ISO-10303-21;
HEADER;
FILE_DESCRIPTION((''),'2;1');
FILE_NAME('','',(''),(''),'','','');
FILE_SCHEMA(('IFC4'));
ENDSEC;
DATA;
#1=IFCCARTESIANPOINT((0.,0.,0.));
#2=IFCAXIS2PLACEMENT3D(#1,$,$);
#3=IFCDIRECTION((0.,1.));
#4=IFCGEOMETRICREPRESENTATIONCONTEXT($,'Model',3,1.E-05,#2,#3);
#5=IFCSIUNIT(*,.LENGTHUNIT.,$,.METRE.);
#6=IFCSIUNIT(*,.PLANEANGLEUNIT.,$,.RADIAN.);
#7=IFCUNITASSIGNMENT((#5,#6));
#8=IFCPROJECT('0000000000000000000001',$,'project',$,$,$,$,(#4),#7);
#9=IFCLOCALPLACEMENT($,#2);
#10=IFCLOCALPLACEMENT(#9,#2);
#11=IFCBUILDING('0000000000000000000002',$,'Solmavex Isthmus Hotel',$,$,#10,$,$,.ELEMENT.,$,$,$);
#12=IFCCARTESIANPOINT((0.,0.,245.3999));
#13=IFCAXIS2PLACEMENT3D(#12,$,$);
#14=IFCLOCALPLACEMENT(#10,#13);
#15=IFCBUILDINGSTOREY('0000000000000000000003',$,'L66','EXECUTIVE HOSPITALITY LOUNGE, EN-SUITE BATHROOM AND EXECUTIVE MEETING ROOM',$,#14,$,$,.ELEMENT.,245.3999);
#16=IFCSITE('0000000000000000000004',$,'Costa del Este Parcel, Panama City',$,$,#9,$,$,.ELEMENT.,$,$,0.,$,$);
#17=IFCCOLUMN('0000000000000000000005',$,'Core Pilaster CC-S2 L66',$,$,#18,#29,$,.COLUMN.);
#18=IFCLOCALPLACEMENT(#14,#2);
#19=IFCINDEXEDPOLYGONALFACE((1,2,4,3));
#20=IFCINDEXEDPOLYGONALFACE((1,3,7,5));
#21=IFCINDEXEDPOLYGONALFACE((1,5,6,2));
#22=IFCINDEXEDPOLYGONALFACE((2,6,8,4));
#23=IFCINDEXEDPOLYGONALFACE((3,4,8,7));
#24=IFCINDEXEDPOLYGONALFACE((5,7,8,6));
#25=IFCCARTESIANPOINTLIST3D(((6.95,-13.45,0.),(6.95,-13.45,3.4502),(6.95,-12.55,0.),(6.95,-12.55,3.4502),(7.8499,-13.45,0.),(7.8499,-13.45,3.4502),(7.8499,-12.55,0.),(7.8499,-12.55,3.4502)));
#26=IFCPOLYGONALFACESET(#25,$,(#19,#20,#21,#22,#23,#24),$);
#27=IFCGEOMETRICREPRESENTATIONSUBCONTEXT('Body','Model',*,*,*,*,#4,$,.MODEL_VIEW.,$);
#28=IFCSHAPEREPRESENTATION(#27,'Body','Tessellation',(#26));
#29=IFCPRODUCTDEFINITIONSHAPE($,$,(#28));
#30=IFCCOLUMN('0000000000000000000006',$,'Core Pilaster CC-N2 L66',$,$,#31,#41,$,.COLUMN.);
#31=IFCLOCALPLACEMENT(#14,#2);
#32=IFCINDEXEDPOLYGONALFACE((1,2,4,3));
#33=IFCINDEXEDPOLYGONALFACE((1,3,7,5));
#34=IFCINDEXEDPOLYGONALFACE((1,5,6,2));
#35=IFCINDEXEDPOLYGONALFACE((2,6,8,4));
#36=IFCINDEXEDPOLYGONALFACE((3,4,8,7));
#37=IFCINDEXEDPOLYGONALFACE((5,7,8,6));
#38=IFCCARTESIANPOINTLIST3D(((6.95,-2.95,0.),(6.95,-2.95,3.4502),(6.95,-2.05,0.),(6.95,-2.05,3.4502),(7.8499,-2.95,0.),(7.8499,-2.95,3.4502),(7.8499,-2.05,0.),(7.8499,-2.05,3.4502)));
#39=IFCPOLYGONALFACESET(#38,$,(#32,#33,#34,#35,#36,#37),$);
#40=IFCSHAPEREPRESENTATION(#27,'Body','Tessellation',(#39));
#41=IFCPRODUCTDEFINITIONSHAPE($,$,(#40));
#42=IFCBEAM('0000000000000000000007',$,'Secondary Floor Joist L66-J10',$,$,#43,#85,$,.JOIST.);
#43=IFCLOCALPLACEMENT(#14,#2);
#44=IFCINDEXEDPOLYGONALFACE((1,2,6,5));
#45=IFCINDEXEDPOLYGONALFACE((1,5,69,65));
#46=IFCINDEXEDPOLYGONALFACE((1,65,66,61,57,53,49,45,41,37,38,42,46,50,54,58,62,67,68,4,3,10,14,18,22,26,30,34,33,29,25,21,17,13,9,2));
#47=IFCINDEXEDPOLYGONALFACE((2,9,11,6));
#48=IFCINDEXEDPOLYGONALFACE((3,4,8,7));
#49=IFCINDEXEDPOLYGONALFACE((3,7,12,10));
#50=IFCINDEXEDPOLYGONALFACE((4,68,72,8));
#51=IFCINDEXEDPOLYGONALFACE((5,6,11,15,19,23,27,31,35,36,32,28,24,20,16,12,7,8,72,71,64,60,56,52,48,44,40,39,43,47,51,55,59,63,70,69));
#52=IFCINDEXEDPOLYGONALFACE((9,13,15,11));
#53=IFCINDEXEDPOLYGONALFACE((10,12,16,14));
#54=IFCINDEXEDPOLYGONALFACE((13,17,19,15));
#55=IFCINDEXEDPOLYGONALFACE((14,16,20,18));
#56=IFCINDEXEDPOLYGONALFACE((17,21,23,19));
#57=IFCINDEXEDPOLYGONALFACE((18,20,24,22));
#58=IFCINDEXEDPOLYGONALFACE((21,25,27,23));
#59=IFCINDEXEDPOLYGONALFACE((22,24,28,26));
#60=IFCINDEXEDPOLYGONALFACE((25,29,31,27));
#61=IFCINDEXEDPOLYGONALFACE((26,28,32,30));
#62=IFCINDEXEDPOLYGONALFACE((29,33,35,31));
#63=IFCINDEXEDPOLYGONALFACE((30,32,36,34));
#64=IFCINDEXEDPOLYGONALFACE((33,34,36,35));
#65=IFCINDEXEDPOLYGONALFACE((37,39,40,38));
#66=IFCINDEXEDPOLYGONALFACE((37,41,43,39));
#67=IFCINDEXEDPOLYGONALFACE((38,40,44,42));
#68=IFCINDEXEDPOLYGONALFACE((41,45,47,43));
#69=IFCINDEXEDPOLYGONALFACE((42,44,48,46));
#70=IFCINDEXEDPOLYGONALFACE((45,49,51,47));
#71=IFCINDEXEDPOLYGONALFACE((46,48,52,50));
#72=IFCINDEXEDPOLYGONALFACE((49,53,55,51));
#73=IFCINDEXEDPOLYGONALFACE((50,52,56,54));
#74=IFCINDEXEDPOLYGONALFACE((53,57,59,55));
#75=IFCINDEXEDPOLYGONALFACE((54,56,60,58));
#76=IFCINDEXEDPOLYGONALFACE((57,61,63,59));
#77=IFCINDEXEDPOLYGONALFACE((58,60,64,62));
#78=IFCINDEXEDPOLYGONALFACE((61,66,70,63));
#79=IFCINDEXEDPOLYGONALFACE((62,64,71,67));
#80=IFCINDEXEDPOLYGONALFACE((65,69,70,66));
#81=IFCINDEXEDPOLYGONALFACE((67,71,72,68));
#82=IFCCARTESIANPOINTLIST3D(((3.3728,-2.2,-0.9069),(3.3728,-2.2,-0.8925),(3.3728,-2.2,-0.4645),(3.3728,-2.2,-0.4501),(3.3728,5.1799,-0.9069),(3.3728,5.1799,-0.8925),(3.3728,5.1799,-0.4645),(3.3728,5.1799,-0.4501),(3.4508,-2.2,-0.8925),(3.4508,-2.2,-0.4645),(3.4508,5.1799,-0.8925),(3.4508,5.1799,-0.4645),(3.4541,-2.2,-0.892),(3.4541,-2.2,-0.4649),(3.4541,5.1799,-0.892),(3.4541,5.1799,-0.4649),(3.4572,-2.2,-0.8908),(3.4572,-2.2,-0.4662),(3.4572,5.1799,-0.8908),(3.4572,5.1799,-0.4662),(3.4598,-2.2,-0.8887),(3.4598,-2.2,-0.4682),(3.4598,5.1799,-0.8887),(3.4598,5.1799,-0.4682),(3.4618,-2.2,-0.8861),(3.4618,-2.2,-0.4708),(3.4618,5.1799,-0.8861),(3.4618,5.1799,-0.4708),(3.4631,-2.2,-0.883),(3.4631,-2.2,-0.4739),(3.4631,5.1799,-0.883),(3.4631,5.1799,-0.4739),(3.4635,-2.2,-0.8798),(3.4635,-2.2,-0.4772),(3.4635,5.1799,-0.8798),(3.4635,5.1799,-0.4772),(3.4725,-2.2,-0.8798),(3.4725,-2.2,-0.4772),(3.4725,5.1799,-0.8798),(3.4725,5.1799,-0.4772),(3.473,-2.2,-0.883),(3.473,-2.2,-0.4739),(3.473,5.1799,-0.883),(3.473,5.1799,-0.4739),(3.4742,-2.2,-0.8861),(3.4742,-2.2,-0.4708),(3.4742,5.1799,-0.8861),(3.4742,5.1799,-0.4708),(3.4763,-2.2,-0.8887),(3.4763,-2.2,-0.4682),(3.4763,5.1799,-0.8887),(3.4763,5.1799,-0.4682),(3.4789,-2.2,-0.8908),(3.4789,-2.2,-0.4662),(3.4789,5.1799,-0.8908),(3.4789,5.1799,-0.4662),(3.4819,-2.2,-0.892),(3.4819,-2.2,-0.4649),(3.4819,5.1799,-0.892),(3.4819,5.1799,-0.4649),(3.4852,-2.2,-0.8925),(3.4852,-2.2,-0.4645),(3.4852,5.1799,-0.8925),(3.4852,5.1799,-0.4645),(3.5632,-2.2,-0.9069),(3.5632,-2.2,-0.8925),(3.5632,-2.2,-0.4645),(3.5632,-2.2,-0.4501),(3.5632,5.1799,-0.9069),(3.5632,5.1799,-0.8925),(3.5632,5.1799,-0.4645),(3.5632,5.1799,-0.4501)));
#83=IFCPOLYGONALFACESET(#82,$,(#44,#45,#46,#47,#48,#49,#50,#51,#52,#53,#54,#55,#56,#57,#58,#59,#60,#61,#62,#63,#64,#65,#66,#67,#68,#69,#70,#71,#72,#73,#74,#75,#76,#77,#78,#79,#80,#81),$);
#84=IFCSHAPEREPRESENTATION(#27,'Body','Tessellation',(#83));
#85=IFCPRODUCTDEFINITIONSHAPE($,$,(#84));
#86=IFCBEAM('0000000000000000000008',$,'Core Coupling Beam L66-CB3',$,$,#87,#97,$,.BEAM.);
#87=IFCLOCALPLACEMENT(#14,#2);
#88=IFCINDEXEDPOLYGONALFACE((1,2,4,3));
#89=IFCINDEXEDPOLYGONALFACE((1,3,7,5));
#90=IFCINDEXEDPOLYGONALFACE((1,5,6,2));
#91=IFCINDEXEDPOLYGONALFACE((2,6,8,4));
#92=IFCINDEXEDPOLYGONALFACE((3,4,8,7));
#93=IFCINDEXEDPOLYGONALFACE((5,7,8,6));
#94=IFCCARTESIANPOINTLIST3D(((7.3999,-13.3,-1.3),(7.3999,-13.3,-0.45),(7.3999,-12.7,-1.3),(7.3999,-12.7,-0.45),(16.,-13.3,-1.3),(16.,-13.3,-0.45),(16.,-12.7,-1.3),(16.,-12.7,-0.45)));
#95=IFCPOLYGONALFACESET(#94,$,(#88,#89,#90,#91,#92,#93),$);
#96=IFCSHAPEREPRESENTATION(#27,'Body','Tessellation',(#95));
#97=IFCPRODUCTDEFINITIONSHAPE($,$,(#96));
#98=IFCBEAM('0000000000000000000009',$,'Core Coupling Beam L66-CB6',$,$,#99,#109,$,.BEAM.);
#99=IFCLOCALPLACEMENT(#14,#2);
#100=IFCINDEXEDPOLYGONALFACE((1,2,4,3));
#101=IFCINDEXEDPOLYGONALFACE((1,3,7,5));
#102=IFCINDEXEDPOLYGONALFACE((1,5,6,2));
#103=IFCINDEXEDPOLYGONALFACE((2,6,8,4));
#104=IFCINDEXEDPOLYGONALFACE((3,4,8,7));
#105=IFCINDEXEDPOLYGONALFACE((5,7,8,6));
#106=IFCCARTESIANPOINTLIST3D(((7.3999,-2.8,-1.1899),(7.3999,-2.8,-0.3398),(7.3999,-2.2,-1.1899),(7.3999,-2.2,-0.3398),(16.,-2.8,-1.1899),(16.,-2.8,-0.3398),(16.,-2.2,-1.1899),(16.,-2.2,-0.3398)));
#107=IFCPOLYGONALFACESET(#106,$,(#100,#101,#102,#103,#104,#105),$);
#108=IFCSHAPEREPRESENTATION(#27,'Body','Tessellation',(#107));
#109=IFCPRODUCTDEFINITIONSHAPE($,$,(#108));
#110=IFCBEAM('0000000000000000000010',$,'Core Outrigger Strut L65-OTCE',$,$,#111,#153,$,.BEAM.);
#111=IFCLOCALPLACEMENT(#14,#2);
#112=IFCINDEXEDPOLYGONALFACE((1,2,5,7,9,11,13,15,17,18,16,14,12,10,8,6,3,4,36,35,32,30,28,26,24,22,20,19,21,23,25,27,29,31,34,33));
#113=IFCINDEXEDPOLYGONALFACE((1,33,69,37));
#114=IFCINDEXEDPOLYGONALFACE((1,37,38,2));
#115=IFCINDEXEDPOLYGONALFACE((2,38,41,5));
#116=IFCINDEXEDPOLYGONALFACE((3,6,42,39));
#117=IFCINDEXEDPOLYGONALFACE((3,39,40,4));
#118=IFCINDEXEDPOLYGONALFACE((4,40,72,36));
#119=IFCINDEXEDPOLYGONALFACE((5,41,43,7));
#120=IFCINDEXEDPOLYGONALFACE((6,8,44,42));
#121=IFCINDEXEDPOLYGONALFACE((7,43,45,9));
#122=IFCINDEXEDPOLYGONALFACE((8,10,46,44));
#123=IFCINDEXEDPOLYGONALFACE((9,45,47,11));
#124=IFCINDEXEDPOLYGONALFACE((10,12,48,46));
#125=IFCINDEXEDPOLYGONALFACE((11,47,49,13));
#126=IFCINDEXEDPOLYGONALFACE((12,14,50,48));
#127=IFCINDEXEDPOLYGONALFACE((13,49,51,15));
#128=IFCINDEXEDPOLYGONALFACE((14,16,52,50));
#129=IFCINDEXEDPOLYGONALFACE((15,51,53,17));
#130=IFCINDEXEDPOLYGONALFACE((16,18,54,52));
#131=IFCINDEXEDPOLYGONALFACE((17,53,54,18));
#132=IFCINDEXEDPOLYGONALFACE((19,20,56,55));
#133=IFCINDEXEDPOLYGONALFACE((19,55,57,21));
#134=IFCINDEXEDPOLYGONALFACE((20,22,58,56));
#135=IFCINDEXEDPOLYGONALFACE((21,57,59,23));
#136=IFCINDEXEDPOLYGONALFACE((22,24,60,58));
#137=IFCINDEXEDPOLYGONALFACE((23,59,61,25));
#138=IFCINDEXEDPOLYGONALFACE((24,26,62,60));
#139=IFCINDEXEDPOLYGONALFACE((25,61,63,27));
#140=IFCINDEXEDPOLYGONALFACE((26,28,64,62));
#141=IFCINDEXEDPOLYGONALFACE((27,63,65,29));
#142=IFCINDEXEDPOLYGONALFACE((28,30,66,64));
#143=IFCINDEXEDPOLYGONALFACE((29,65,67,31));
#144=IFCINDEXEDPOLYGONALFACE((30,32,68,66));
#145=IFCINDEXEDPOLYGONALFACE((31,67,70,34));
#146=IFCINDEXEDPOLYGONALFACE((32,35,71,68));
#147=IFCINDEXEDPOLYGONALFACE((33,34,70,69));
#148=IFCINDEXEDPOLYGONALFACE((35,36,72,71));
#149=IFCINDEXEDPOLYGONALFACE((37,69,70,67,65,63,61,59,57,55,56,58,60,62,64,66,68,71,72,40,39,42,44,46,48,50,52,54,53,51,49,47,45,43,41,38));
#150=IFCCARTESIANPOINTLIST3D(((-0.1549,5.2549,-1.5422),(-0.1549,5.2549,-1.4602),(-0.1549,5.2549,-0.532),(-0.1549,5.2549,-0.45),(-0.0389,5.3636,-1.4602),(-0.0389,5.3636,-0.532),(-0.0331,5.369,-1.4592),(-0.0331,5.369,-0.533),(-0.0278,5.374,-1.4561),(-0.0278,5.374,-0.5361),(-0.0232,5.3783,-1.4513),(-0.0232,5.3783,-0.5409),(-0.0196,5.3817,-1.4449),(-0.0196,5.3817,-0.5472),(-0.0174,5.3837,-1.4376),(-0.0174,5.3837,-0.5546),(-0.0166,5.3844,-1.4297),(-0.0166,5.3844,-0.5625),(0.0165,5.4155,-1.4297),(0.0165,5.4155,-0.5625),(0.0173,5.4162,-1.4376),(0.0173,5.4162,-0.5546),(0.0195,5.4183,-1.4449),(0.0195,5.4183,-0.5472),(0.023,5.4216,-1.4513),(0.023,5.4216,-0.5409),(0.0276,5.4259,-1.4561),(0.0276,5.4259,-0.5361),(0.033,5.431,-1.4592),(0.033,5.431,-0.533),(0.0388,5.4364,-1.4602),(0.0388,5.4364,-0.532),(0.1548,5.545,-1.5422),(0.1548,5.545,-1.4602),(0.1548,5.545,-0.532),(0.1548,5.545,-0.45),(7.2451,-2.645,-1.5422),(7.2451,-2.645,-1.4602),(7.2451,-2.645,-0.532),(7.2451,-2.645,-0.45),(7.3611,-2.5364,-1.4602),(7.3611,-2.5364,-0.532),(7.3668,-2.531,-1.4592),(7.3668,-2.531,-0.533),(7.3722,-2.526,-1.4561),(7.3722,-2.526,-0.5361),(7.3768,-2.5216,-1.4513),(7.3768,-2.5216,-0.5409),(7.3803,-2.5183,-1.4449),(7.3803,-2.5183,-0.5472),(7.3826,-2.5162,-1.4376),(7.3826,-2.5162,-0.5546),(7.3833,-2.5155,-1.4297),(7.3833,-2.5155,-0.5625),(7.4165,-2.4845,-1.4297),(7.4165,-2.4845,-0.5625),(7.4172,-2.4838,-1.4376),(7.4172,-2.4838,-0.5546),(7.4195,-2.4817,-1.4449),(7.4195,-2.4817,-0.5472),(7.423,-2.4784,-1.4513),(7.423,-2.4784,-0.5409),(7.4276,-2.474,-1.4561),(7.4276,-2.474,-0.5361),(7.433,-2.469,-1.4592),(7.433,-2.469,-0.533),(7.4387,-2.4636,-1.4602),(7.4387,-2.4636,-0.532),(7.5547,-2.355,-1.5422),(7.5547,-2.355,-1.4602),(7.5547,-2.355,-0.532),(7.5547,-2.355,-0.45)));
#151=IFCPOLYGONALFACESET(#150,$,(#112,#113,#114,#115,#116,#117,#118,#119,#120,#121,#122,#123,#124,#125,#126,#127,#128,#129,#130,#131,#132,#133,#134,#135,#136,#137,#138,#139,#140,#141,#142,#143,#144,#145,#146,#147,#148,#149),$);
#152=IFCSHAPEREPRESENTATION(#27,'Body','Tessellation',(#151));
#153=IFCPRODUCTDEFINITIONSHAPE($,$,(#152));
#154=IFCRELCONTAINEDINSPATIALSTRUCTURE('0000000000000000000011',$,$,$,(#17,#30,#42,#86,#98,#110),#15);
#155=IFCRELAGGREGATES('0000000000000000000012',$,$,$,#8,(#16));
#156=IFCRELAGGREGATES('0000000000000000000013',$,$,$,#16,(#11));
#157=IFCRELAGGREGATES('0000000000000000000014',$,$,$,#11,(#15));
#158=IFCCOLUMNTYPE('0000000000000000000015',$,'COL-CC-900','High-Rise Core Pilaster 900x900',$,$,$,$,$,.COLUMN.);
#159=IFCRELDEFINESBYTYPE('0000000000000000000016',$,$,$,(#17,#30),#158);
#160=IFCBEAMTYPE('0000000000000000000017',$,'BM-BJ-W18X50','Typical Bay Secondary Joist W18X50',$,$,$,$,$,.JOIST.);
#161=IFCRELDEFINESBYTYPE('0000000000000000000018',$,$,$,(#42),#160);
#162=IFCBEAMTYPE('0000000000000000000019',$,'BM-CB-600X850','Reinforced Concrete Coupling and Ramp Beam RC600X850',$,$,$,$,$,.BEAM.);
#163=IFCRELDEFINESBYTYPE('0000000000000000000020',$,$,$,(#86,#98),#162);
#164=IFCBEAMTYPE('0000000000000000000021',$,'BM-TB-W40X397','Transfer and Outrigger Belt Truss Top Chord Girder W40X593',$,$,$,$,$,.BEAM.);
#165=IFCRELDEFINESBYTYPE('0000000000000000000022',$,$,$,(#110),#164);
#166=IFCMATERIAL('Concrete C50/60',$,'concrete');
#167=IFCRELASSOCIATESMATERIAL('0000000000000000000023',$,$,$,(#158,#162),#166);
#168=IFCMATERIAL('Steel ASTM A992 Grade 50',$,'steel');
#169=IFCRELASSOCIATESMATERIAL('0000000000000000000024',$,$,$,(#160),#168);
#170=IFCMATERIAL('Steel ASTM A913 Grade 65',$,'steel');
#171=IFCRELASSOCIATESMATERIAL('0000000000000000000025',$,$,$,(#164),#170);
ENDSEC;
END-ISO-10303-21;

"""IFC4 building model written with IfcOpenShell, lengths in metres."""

from ifc_helpers import new_model, si_unit, direction, frame, origin, origin_2d, place, context, subcontext, project, spatial, rectangle, i_section, extrude, material, material_profile, profile_set, type_object, element, save


model = new_model("IFC4")

# Units and contexts
model_context = context("Model", 3, precision=1e-05, world=origin(), true_north=direction((0.0, 1.0)))
body_context = subcontext(model_context, "Body", "Model", "MODEL_VIEW")
ifc_project = project(units=[si_unit("LENGTHUNIT", "METRE"), si_unit("PLANEANGLEUNIT", "RADIAN")], contexts=[model_context])

# Site, building, storey
site_placement = place(None, origin())
site = spatial("IfcSite", under=ifc_project, at=site_placement, Name="Costa del Este Parcel, Panama City", CompositionType="ELEMENT", RefElevation=0.0)
building_placement = place(site_placement, origin())
building = spatial("IfcBuilding", under=site, at=building_placement, Name="Solmavex Isthmus Hotel", CompositionType="ELEMENT")
storey_placement = place(building_placement, frame((0.0, 0.0, 245.3999)))
storey = spatial("IfcBuildingStorey", under=building, at=storey_placement, Name="L66", Description="EXECUTIVE HOSPITALITY LOUNGE, EN-SUITE BATHROOM AND EXECUTIVE MEETING ROOM", CompositionType="ELEMENT", Elevation=245.3999)

# Columns
ifc_material_1 = material(Name="Concrete C50/60", Category="concrete")
ifc_material_profile_1 = material_profile(ifc_material_1, rectangle(XDim=0.8999, YDim=0.8999, at=origin_2d()), Name="RC900X900")
ifc_profile_set_1 = profile_set([ifc_material_profile_1], Name="Concrete C50/60")
column_type = type_object("IfcColumnType", Name="COL-CC-900", Description="High-Rise Core Pilaster 900x900", PredefinedType="COLUMN", material=ifc_profile_set_1)
for number, where, z_axis, x_axis, name in (
    (1, (7.3999, -13.0, 0.0), (0.0, 0.0, 1.0), (1.0, 0.0, 0.0), "Core Pilaster CC-S2 L66"),
    (2, (7.3999, -2.5, 0.0), (0.0, 0.0, 1.0), (1.0, 0.0, 0.0), "Core Pilaster CC-N2 L66"),
):
    element("IfcColumn", number, at=place(storey_placement, frame(where, z_axis=z_axis, x_axis=x_axis)), inside=storey, type_object=column_type, Name=name, PredefinedType="COLUMN", context=body_context, shape_type="SweptSolid", body=[
        extrude(rectangle(XDim=0.8999, YDim=0.8999, at=origin_2d()), origin(), (0.0, 0.0, 1.0), 3.4502),
    ])

# Beams
ifc_material_2 = material(Name="Steel ASTM A992 Grade 50", Category="steel")
ifc_material_profile_2 = material_profile(ifc_material_2, i_section(OverallWidth=0.1904, OverallDepth=0.4568, WebThickness=0.009, FlangeThickness=0.0144, FilletRadius=0.0127, at=origin_2d()), Name="W18X50")
ifc_profile_set_2 = profile_set([ifc_material_profile_2], Name="Steel ASTM A992 Grade 50")
beam_type_1 = type_object("IfcBeamType", Name="BM-BJ-W18X50", Description="Typical Bay Secondary Joist W18X50", PredefinedType="JOIST", material=ifc_profile_set_2)
beam_1_placement = place(storey_placement, frame((3.468, -2.2, -0.6785), z_axis=(0.0, 1.0, 0.0), x_axis=(-1.0, 0.0, 0.0)))
element("IfcBeam", 3, at=beam_1_placement, inside=storey, type_object=beam_type_1, Name="Secondary Floor Joist L66-J10", PredefinedType="JOIST", context=body_context, shape_type="SweptSolid", body=[
    extrude(i_section(OverallWidth=0.1904, OverallDepth=0.4568, WebThickness=0.009, FlangeThickness=0.0144, FilletRadius=0.0127, at=origin_2d()), origin(), (0.0, 0.0, 1.0), 7.3799),
])
ifc_material_profile_3 = material_profile(ifc_material_1, rectangle(XDim=0.6001, YDim=0.8501, at=origin_2d()), Name="RC600X850")
ifc_profile_set_3 = profile_set([ifc_material_profile_3], Name="Concrete C50/60")
beam_type_2 = type_object("IfcBeamType", Name="BM-CB-600X850", Description="Reinforced Concrete Coupling and Ramp Beam RC600X850", PredefinedType="BEAM", material=ifc_profile_set_3)
for number, where, z_axis, x_axis, name in (
    (4, (7.3999, -13.0, -0.875), (1.0, 0.0, 0.0), (0.0, 1.0, 0.0), "Core Coupling Beam L66-CB3"),
    (5, (7.3999, -2.5, -0.7649), (1.0, 0.0, 0.0), (0.0, 1.0, 0.0), "Core Coupling Beam L66-CB6"),
):
    element("IfcBeam", number, at=place(storey_placement, frame(where, z_axis=z_axis, x_axis=x_axis)), inside=storey, type_object=beam_type_2, Name=name, PredefinedType="BEAM", context=body_context, shape_type="SweptSolid", body=[
        extrude(rectangle(XDim=0.6001, YDim=0.8501, at=origin_2d()), origin(), (0.0, 0.0, 1.0), 8.6001),
    ])
ifc_material_3 = material(Name="Steel ASTM A913 Grade 65", Category="steel")
ifc_material_profile_4 = material_profile(ifc_material_3, i_section(OverallWidth=0.4243, OverallDepth=1.0923, WebThickness=0.0454, FlangeThickness=0.082, FilletRadius=0.0305, at=origin_2d()), Name="W40X593")
ifc_profile_set_4 = profile_set([ifc_material_profile_4], Name="Steel ASTM A913 Grade 65")
beam_type_3 = type_object("IfcBeamType", Name="BM-TB-W40X397", Description="Transfer and Outrigger Belt Truss Top Chord Girder W40X593", PredefinedType="BEAM", material=ifc_profile_set_4)
beam_2_placement = place(storey_placement, frame((7.3999, -2.5, -0.9961), z_axis=(-0.683633, 0.729826, 0.0), x_axis=(-0.729826, -0.683633, 0.0)))
element("IfcBeam", 6, at=beam_2_placement, inside=storey, type_object=beam_type_3, Name="Core Outrigger Strut L65-OTCE", PredefinedType="BEAM", context=body_context, shape_type="SweptSolid", body=[
    extrude(i_section(OverallWidth=0.4243, OverallDepth=1.0923, WebThickness=0.0454, FlangeThickness=0.082, FilletRadius=0.0305, at=origin_2d()), origin(), (0.0, 0.0, 1.0), 10.8245),
])

save(model, "model.ifc")
